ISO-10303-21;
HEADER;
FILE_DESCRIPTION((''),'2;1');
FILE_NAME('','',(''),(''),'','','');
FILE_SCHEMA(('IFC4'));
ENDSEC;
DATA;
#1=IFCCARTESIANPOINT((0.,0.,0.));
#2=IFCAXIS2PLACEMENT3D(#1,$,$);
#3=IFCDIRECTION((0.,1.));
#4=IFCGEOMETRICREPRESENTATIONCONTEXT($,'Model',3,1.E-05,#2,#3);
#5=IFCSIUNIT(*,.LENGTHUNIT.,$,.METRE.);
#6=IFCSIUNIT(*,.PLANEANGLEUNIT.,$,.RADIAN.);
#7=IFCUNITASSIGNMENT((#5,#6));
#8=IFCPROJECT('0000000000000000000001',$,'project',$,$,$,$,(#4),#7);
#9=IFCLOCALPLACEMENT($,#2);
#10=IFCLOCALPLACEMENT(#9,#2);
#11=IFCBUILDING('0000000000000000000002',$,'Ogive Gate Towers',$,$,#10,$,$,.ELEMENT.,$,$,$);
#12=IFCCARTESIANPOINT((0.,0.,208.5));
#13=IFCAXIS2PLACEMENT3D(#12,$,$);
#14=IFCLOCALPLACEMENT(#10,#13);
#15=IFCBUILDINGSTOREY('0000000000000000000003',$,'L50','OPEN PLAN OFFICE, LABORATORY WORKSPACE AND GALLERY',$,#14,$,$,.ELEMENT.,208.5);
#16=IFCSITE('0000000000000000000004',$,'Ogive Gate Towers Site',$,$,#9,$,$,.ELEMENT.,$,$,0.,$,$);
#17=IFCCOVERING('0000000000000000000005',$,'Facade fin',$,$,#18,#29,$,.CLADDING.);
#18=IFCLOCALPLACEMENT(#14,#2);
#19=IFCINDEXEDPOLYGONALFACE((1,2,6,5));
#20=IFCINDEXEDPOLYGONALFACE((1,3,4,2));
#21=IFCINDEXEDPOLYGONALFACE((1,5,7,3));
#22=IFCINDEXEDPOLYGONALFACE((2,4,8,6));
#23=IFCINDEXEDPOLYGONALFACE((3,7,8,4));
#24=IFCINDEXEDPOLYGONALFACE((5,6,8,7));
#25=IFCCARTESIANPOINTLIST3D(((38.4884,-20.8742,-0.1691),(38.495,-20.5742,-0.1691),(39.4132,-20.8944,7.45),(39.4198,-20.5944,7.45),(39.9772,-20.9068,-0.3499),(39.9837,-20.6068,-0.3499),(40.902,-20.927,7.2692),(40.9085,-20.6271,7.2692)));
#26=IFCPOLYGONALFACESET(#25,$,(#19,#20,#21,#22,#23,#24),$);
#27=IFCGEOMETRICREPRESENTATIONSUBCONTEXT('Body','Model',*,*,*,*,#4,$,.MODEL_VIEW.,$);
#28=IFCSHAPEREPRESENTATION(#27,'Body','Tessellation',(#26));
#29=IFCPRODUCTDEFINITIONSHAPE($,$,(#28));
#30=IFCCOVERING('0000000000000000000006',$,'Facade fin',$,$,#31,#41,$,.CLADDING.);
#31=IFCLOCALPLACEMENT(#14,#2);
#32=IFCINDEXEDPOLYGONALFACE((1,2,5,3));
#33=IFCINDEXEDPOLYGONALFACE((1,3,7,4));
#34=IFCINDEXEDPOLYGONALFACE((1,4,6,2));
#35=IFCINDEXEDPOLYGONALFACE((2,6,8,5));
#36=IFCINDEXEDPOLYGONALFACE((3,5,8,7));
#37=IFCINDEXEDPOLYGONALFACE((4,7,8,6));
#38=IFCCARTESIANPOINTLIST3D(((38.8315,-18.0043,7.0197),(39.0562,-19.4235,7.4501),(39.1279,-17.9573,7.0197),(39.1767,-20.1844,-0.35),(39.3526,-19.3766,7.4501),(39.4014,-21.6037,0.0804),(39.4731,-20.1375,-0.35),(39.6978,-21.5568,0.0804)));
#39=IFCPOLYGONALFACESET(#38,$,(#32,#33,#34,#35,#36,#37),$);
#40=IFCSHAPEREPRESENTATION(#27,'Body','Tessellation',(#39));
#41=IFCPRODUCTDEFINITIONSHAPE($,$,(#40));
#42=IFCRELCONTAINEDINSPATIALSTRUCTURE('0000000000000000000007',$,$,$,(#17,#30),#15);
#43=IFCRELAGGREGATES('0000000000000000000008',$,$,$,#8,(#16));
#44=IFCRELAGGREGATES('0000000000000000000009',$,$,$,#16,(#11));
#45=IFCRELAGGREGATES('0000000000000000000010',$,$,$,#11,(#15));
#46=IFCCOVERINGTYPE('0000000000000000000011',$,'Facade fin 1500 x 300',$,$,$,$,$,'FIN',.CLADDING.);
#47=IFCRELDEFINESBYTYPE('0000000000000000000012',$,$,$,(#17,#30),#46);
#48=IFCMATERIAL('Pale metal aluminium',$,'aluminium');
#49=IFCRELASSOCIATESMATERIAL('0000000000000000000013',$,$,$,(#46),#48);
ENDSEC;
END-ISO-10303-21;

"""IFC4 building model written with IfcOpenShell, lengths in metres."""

from ifc_helpers import new_model, si_unit, direction, frame, origin, origin_2d, place, context, subcontext, project, spatial, rectangle, extrude, material, material_profile, profile_set, type_object, element, save


model = new_model("IFC4")

# Units and contexts
model_context = context("Model", 3, precision=1e-05, world=origin(), true_north=direction((0.0, 1.0)))
body_context = subcontext(model_context, "Body", "Model", "MODEL_VIEW")
ifc_project = project(units=[si_unit("LENGTHUNIT", "METRE"), si_unit("PLANEANGLEUNIT", "RADIAN")], contexts=[model_context])

# Site, building, storey
site_placement = place(None, origin())
site = spatial("IfcSite", under=ifc_project, at=site_placement, Name="Ogive Gate Towers Site", CompositionType="ELEMENT", RefElevation=0.0)
building_placement = place(site_placement, origin())
building = spatial("IfcBuilding", under=site, at=building_placement, Name="Ogive Gate Towers", CompositionType="ELEMENT")
storey_placement = place(building_placement, frame((0.0, 0.0, 208.5)))
storey = spatial("IfcBuildingStorey", under=building, at=storey_placement, Name="L50", Description="OPEN PLAN OFFICE, LABORATORY WORKSPACE AND GALLERY", CompositionType="ELEMENT", Elevation=208.5)

# Shared definitions
ifc_material_1 = material(Name="Pale metal aluminium", Category="aluminium")

# Coverings
ifc_material_profile_1 = material_profile(ifc_material_1, rectangle(XDim=0.3, YDim=1.5, at=origin_2d()), Name="1500 x 300 pale metal aluminium")
ifc_profile_set_1 = profile_set([ifc_material_profile_1], Name="Pale metal aluminium")
covering_type = type_object("IfcCoveringType", Name="Facade fin 1500 x 300", ElementType="FIN", PredefinedType="CLADDING", material=ifc_profile_set_1)
covering_1_placement = place(storey_placement, frame((39.2361, -20.7405, -0.2595), z_axis=(0.120494, -0.00264, 0.992711), x_axis=(0.021906, 0.99976, 0.0)))
element("IfcCovering", 1, at=covering_1_placement, inside=storey, type_object=covering_type, Name="Facade fin", PredefinedType="CLADDING", context=body_context, shape_type="SweptSolid", body=[
    extrude(rectangle(XDim=0.3, YDim=1.5, at=origin_2d()), origin(), (0.0, 0.0, 1.0), 7.675),
])
covering_2_placement = place(storey_placement, frame((39.4373, -20.8706, -0.1348), z_axis=(-0.044873, 0.283394, 0.957953), x_axis=(-0.987695, -0.156394, 0.0)))
element("IfcCovering", 2, at=covering_2_placement, inside=storey, type_object=covering_type, Name="Facade fin", PredefinedType="CLADDING", context=body_context, shape_type="SweptSolid", body=[
    extrude(rectangle(XDim=0.3, YDim=1.5, at=origin_2d()), origin(), (0.0, 0.0, 1.0), 7.6931),
])

save(model, "model.ifc")
